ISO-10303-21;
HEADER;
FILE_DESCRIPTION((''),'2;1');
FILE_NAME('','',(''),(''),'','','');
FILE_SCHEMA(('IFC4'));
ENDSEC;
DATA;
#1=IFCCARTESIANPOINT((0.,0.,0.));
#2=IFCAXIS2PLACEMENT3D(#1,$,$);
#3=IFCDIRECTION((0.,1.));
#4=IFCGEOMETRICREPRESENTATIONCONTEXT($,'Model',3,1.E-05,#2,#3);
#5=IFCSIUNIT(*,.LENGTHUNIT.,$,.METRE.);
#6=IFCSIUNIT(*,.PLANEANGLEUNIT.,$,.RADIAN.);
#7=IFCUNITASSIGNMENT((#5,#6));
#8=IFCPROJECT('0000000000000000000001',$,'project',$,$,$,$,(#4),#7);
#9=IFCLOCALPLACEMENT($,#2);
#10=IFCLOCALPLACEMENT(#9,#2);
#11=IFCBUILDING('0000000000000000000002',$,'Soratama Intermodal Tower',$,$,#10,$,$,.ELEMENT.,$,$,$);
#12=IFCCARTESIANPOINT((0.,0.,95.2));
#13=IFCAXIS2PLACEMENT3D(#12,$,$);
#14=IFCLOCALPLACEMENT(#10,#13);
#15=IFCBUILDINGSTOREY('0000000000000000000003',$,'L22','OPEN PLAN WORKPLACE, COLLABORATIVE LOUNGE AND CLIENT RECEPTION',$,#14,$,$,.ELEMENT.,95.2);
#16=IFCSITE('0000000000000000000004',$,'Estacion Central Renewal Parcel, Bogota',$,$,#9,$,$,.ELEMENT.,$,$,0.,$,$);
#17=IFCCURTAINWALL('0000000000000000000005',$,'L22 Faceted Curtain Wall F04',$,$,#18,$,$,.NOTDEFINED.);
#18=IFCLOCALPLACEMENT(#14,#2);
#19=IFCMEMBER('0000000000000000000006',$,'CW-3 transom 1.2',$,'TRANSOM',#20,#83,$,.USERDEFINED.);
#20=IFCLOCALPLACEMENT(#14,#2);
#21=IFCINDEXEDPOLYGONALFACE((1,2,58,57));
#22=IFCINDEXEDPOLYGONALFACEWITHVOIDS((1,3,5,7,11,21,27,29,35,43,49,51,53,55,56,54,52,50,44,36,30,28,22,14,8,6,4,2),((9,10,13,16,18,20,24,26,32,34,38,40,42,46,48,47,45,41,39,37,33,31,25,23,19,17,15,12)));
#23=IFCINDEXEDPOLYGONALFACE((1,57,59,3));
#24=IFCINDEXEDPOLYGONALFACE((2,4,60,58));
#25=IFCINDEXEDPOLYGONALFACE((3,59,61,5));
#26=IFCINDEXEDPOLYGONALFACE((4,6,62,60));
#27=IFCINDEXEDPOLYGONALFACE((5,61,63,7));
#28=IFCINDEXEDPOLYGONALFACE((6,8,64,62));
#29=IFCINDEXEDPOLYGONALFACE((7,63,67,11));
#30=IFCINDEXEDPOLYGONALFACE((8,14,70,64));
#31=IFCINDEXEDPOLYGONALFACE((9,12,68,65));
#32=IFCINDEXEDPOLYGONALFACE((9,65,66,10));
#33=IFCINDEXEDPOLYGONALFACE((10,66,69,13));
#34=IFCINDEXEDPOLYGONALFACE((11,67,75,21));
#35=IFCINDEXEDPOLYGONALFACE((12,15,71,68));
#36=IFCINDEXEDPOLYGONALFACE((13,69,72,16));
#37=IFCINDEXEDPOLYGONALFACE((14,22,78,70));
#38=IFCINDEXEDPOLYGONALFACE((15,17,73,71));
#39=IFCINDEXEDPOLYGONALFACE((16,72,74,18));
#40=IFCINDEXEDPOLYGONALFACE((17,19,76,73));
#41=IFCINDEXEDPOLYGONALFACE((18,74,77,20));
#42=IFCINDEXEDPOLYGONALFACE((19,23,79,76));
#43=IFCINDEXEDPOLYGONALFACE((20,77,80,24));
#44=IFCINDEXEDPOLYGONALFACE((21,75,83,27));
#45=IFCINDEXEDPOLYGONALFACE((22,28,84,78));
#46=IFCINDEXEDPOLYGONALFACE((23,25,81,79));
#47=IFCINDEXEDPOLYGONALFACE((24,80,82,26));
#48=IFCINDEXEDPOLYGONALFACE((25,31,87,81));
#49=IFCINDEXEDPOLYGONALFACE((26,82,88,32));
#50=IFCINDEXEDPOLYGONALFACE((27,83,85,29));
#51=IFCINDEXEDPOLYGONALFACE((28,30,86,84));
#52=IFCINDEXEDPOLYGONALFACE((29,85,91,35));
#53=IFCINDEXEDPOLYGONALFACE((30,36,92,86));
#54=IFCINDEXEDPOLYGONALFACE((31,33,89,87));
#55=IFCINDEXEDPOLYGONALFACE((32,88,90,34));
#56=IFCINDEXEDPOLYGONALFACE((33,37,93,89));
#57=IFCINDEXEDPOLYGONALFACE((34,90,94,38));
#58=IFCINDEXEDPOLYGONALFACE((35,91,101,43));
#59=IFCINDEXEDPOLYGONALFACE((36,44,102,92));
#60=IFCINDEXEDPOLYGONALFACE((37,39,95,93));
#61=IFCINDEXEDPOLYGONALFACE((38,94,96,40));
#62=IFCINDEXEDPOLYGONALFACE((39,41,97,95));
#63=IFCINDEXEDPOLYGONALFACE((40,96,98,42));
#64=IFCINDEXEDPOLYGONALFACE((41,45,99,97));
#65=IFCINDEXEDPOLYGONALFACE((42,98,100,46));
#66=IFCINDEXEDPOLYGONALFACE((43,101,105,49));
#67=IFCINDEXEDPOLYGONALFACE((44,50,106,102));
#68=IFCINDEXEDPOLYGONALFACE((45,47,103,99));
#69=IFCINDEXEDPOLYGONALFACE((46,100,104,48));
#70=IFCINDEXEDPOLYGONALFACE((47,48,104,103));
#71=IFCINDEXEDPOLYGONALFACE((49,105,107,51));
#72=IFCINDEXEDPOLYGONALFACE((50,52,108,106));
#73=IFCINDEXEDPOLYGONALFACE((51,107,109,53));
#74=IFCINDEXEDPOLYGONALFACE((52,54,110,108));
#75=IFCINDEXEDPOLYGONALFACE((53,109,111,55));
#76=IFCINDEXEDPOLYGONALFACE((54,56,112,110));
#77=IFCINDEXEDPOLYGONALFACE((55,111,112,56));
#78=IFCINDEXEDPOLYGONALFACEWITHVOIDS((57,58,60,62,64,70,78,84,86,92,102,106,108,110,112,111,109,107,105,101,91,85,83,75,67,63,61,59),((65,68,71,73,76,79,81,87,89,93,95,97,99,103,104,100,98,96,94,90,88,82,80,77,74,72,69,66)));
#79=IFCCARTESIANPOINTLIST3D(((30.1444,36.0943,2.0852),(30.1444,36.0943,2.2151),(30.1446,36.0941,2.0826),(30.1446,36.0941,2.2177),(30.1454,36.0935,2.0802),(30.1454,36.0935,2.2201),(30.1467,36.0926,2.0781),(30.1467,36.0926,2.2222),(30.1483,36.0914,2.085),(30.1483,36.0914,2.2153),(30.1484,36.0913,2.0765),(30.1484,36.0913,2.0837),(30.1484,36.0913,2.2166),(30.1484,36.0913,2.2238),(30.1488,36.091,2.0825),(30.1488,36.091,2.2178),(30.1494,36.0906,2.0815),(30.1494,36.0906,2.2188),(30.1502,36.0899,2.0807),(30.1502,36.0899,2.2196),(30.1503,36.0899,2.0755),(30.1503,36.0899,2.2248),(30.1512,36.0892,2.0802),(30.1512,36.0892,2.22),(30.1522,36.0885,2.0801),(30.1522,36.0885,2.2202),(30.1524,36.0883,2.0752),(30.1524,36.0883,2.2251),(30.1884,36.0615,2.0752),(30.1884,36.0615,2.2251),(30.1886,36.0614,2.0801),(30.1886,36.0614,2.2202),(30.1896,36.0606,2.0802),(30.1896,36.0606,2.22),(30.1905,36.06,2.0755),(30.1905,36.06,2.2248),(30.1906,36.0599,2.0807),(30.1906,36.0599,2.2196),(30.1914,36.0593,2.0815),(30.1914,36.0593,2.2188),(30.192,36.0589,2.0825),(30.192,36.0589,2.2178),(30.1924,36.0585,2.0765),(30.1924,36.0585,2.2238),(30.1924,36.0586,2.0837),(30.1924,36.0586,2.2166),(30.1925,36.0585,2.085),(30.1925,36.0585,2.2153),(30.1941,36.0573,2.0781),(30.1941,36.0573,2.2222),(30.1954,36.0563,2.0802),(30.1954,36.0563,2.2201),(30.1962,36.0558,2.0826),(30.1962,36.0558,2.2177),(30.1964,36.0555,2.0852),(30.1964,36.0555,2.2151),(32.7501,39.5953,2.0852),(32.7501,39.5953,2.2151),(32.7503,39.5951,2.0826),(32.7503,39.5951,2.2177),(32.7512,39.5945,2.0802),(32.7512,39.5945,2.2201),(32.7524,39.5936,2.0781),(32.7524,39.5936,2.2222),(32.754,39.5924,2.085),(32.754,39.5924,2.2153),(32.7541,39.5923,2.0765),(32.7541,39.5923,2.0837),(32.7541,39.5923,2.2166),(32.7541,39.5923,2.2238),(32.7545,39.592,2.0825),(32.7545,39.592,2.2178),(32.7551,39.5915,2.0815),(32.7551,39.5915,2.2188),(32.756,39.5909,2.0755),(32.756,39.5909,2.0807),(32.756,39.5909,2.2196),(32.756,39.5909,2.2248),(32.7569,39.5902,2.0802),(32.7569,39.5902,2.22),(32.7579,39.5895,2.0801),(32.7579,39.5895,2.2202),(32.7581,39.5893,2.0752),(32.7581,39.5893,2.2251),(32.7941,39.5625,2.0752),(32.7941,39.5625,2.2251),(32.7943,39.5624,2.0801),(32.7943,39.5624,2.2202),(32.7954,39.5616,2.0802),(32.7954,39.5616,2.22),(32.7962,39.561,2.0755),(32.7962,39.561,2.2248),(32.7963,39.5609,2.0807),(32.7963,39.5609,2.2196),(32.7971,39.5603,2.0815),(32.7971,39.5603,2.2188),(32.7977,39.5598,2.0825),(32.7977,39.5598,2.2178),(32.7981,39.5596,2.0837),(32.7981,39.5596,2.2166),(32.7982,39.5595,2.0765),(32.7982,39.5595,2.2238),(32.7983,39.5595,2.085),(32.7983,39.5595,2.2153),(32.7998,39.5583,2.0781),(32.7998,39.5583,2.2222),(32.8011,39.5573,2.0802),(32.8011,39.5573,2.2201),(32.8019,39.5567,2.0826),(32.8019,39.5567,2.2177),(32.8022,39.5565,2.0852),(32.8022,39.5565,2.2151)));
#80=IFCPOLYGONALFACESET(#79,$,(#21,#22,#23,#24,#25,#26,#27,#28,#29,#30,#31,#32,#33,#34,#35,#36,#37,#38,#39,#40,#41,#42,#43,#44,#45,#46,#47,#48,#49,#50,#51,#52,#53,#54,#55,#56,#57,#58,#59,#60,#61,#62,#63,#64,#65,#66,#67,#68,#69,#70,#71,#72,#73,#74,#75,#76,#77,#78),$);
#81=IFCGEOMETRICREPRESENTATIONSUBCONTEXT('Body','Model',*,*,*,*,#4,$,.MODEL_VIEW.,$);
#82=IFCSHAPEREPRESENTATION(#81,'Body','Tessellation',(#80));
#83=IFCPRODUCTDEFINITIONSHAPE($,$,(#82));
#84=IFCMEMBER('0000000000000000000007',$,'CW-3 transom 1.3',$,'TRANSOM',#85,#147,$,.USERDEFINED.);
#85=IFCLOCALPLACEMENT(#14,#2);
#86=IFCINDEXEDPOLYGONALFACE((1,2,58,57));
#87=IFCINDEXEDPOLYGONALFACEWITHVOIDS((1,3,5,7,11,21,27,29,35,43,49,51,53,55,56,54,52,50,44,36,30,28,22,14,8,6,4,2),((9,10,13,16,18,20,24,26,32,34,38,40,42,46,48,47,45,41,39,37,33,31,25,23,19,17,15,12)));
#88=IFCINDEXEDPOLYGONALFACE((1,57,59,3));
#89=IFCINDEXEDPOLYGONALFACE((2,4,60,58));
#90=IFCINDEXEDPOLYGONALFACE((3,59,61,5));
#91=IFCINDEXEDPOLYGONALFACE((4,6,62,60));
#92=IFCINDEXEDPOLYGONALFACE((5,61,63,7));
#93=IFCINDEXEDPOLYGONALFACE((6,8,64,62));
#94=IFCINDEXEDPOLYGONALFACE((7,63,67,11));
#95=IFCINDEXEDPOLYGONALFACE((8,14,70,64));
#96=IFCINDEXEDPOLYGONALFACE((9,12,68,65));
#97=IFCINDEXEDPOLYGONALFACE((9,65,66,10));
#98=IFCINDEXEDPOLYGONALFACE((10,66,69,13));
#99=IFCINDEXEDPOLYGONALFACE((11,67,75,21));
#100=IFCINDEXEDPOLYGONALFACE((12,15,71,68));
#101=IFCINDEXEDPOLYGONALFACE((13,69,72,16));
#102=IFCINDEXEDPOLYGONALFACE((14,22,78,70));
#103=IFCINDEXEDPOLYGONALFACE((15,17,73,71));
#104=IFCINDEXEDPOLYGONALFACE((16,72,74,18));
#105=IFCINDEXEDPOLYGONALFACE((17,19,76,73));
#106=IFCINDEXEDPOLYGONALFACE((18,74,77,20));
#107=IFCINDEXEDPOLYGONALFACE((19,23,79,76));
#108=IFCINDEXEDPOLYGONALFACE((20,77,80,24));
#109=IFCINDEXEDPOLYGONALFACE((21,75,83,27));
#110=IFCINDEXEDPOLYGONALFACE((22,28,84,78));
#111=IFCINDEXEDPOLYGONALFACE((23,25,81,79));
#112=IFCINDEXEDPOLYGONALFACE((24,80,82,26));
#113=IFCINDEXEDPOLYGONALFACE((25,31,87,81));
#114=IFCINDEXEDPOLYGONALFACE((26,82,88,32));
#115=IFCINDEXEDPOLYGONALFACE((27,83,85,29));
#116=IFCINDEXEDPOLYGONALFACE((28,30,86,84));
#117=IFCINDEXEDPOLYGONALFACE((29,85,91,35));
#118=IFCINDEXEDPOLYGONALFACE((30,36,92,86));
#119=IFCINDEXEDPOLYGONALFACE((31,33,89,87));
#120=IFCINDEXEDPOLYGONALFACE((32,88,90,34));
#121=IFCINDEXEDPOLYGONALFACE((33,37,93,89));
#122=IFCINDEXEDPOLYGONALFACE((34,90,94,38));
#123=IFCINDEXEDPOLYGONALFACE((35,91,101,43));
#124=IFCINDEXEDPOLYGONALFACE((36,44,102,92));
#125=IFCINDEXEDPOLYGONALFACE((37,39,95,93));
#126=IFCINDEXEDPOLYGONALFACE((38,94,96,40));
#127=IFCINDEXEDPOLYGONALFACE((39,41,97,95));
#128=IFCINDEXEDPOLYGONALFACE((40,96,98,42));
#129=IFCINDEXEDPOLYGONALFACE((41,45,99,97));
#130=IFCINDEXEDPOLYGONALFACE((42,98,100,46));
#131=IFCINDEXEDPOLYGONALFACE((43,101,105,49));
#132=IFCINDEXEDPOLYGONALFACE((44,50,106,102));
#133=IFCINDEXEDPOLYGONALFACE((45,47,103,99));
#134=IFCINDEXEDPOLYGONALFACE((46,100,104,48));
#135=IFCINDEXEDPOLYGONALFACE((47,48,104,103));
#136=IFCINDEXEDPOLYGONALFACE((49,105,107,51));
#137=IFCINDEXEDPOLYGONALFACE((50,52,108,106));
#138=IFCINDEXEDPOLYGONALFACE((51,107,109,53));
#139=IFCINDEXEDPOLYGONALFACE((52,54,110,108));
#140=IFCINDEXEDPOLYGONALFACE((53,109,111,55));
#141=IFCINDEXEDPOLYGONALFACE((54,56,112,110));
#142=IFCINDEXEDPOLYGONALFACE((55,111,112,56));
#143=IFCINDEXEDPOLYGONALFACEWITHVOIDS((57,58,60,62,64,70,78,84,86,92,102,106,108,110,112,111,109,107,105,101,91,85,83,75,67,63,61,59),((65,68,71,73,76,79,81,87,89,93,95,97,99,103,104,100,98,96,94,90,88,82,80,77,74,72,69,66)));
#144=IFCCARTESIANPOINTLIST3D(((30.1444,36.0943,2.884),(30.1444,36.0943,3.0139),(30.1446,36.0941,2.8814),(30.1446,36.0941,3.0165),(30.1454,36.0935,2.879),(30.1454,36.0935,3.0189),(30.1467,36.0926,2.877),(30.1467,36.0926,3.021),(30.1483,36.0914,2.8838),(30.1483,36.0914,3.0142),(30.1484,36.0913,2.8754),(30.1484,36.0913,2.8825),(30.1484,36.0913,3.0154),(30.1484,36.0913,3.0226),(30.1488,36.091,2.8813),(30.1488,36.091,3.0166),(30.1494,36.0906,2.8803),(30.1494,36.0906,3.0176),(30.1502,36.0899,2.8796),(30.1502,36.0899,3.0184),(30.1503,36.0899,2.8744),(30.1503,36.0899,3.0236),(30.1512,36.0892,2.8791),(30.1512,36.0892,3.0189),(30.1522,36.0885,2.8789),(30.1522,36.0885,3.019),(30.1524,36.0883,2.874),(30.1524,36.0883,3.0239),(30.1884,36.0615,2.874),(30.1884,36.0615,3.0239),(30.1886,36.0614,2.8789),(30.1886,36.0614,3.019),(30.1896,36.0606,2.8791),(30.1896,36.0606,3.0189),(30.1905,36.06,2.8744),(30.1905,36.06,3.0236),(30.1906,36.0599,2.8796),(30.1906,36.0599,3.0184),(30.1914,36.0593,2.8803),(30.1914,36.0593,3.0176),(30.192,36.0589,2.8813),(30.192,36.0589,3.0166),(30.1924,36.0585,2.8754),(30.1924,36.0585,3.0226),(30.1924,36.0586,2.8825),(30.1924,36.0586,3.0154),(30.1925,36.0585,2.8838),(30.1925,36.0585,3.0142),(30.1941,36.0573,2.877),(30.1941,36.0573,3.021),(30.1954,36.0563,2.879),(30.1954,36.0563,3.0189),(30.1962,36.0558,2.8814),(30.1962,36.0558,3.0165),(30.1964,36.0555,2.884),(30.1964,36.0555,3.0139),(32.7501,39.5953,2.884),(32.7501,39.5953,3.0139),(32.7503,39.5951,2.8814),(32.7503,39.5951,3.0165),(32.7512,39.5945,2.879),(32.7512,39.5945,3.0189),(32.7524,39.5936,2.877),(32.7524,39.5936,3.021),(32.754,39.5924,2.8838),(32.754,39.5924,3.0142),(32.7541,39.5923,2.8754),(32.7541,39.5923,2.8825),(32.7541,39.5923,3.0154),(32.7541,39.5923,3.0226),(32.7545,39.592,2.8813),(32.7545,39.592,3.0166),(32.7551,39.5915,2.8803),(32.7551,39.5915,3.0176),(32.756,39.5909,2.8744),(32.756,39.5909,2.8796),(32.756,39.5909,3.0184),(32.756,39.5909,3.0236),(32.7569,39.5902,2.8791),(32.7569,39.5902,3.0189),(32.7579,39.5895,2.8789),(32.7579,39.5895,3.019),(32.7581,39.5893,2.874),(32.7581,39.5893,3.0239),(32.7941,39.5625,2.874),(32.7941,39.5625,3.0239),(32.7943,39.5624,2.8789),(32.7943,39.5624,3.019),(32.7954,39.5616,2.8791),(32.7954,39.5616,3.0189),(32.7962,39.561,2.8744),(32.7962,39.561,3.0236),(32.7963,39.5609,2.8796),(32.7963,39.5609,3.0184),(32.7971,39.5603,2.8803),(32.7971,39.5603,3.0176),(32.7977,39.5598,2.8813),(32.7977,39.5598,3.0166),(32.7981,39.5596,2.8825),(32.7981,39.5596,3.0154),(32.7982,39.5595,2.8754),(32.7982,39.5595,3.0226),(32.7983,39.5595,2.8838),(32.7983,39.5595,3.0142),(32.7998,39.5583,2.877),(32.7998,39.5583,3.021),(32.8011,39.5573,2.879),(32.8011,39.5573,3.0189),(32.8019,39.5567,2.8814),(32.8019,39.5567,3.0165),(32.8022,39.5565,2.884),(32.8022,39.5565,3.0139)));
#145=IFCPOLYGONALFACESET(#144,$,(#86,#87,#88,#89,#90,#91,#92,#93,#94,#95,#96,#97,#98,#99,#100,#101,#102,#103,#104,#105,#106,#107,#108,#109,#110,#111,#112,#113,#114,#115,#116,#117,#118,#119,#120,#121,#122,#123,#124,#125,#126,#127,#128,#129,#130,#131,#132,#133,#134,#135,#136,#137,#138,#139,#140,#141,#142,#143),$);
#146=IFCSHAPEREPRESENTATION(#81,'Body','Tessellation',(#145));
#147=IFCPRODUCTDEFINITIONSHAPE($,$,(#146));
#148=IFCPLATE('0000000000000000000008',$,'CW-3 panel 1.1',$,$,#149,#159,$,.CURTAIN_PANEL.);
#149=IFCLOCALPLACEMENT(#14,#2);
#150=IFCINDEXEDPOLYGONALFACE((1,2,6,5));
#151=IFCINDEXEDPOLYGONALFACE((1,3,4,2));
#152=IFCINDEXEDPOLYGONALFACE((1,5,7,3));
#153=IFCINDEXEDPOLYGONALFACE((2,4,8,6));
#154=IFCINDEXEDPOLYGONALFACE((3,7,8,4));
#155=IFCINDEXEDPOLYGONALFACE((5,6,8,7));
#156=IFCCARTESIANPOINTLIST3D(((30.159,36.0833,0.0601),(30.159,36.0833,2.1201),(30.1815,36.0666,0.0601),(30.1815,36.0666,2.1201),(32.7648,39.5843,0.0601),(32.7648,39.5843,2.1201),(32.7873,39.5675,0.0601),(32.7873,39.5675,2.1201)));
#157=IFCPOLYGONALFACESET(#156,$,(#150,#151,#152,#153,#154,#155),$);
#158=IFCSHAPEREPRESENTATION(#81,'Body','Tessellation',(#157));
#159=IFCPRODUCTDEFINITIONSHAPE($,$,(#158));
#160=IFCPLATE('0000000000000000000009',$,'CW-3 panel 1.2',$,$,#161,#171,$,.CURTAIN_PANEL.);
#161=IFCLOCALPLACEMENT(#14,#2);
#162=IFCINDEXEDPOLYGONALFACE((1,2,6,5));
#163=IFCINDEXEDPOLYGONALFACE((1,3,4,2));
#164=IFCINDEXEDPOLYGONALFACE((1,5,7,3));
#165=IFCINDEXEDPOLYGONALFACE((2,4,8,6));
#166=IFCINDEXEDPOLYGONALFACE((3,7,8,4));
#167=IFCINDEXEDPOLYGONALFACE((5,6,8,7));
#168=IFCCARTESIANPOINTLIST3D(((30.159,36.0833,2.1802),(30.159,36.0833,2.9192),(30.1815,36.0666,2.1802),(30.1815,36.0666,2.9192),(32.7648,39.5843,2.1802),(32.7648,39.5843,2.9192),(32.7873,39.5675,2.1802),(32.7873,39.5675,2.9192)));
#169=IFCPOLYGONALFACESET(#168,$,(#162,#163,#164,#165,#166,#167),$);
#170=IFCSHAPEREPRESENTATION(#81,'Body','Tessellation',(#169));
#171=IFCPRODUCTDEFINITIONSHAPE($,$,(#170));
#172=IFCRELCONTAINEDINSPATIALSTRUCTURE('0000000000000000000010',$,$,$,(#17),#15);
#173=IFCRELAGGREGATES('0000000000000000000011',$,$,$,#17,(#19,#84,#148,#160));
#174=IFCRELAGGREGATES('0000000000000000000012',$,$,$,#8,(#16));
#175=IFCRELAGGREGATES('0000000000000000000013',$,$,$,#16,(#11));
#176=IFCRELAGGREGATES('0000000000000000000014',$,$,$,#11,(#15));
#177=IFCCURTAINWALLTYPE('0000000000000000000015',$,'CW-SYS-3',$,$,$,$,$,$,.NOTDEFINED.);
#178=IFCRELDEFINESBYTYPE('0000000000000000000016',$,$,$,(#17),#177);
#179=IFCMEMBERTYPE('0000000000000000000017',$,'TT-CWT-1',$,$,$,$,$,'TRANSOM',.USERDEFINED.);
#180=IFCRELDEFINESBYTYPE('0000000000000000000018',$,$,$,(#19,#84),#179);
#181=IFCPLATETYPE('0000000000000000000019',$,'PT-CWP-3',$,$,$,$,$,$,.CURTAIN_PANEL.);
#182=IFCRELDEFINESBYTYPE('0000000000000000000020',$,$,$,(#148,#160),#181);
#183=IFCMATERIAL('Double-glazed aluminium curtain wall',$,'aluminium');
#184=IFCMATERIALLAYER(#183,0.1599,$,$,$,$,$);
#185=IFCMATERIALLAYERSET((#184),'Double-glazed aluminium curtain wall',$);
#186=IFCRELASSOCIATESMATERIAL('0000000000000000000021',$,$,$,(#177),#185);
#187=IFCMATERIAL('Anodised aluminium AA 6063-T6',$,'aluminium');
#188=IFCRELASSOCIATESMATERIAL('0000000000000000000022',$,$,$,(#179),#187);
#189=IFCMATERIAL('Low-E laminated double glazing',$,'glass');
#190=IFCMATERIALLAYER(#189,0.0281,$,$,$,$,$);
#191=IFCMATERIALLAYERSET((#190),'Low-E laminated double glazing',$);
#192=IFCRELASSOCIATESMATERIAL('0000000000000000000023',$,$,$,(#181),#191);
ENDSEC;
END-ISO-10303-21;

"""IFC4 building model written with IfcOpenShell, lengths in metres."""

from ifc_helpers import new_model, si_unit, direction, frame, origin, origin_2d, place, context, subcontext, project, spatial, rectangle, hollow_rectangle, extrude, material, layer, layer_set, material_profile, profile_set, type_object, element, aggregate, save


model = new_model("IFC4")

# Units and contexts
model_context = context("Model", 3, precision=1e-05, world=origin(), true_north=direction((0.0, 1.0)))
body_context = subcontext(model_context, "Body", "Model", "MODEL_VIEW")
ifc_project = project(units=[si_unit("LENGTHUNIT", "METRE"), si_unit("PLANEANGLEUNIT", "RADIAN")], contexts=[model_context])

# Site, building, storey
site_placement = place(None, origin())
site = spatial("IfcSite", under=ifc_project, at=site_placement, Name="Estacion Central Renewal Parcel, Bogota", CompositionType="ELEMENT", RefElevation=0.0)
building_placement = place(site_placement, origin())
building = spatial("IfcBuilding", under=site, at=building_placement, Name="Soratama Intermodal Tower", CompositionType="ELEMENT")
storey_placement = place(building_placement, frame((0.0, 0.0, 95.2)))
storey = spatial("IfcBuildingStorey", under=building, at=storey_placement, Name="L22", Description="OPEN PLAN WORKPLACE, COLLABORATIVE LOUNGE AND CLIENT RECEPTION", CompositionType="ELEMENT", Elevation=95.2)

# Curtain wall, members, plates
ifc_material_1 = material(Name="Double-glazed aluminium curtain wall", Category="aluminium")
ifc_layer_1 = layer(ifc_material_1, 0.1599)
ifc_layer_set_1 = layer_set([ifc_layer_1], Name="Double-glazed aluminium curtain wall")
curtain_wall_type = type_object("IfcCurtainWallType", Name="CW-SYS-3", PredefinedType="NOTDEFINED", material=ifc_layer_set_1)
curtain_wall_placement = place(storey_placement, origin())
curtain_wall = element("IfcCurtainWall", 1, at=curtain_wall_placement, inside=storey, type_object=curtain_wall_type, Name="L22 Faceted Curtain Wall F04", PredefinedType="NOTDEFINED")
ifc_material_2 = material(Name="Anodised aluminium AA 6063-T6", Category="aluminium")
ifc_material_profile_1 = material_profile(ifc_material_2, hollow_rectangle(XDim=0.0649, YDim=0.1499, WallThickness=0.0049, InnerFilletRadius=0.0049, OuterFilletRadius=0.01, at=origin_2d()), Name="CWT150X65X5")
ifc_profile_set_1 = profile_set([ifc_material_profile_1], Name="Anodised aluminium AA 6063-T6")
member_type_1 = type_object("IfcMemberType", Name="TT-CWT-1", ElementType="TRANSOM", PredefinedType="USERDEFINED", material=ifc_profile_set_1)
member_1_placement = place(storey_placement, frame((32.7761, 39.5759, 2.1501), z_axis=(-0.59706, -0.802196, 0.0), x_axis=(0.802196, -0.59706, 0.0)))
member_1 = element("IfcMember", 2, at=member_1_placement, type_object=member_type_1, Name="CW-3 transom 1.2", ObjectType="TRANSOM", PredefinedType="USERDEFINED", context=body_context, shape_type="SweptSolid", body=[
    extrude(hollow_rectangle(XDim=0.0649, YDim=0.1499, WallThickness=0.0049, InnerFilletRadius=0.0049, OuterFilletRadius=0.01, at=origin_2d()), origin(), (0.0, 0.0, 1.0), 4.3643),
])
member_2_placement = place(storey_placement, frame((32.7761, 39.5759, 2.949), z_axis=(-0.59706, -0.802196, 0.0), x_axis=(0.802196, -0.59706, 0.0)))
member_2 = element("IfcMember", 3, at=member_2_placement, type_object=member_type_1, Name="CW-3 transom 1.3", ObjectType="TRANSOM", PredefinedType="USERDEFINED", context=body_context, shape_type="SweptSolid", body=[
    extrude(hollow_rectangle(XDim=0.0649, YDim=0.1499, WallThickness=0.0049, InnerFilletRadius=0.0049, OuterFilletRadius=0.01, at=origin_2d()), origin(), (0.0, 0.0, 1.0), 4.3643),
])
ifc_material_3 = material(Name="Low-E laminated double glazing", Category="glass")
ifc_layer_2 = layer(ifc_material_3, 0.0281)
ifc_layer_set_2 = layer_set([ifc_layer_2], Name="Low-E laminated double glazing")
plate_type = type_object("IfcPlateType", Name="PT-CWP-3", PredefinedType="CURTAIN_PANEL", material=ifc_layer_set_2)
plate_1_placement = place(storey_placement, frame((31.4731, 37.8254, 0.0601), z_axis=(0.0, 0.0, 1.0), x_axis=(-0.59707, -0.802189, 0.0)))
plate_1 = element("IfcPlate", 4, at=plate_1_placement, type_object=plate_type, Name="CW-3 panel 1.1", PredefinedType="CURTAIN_PANEL", context=body_context, shape_type="SweptSolid", body=[
    extrude(rectangle(XDim=4.3643, YDim=0.0281, at=origin_2d()), origin(), (0.0, 0.0, 1.0), 2.0601),
])
plate_2_placement = place(storey_placement, frame((31.4731, 37.8254, 2.1802), z_axis=(0.0, 0.0, 1.0), x_axis=(-0.59707, -0.802189, 0.0)))
plate_2 = element("IfcPlate", 5, at=plate_2_placement, type_object=plate_type, Name="CW-3 panel 1.2", PredefinedType="CURTAIN_PANEL", context=body_context, shape_type="SweptSolid", body=[
    extrude(rectangle(XDim=4.3643, YDim=0.0281, at=origin_2d()), origin(), (0.0, 0.0, 1.0), 0.739),
])
aggregate(curtain_wall, [member_1, member_2, plate_1, plate_2])

save(model, "model.ifc")
